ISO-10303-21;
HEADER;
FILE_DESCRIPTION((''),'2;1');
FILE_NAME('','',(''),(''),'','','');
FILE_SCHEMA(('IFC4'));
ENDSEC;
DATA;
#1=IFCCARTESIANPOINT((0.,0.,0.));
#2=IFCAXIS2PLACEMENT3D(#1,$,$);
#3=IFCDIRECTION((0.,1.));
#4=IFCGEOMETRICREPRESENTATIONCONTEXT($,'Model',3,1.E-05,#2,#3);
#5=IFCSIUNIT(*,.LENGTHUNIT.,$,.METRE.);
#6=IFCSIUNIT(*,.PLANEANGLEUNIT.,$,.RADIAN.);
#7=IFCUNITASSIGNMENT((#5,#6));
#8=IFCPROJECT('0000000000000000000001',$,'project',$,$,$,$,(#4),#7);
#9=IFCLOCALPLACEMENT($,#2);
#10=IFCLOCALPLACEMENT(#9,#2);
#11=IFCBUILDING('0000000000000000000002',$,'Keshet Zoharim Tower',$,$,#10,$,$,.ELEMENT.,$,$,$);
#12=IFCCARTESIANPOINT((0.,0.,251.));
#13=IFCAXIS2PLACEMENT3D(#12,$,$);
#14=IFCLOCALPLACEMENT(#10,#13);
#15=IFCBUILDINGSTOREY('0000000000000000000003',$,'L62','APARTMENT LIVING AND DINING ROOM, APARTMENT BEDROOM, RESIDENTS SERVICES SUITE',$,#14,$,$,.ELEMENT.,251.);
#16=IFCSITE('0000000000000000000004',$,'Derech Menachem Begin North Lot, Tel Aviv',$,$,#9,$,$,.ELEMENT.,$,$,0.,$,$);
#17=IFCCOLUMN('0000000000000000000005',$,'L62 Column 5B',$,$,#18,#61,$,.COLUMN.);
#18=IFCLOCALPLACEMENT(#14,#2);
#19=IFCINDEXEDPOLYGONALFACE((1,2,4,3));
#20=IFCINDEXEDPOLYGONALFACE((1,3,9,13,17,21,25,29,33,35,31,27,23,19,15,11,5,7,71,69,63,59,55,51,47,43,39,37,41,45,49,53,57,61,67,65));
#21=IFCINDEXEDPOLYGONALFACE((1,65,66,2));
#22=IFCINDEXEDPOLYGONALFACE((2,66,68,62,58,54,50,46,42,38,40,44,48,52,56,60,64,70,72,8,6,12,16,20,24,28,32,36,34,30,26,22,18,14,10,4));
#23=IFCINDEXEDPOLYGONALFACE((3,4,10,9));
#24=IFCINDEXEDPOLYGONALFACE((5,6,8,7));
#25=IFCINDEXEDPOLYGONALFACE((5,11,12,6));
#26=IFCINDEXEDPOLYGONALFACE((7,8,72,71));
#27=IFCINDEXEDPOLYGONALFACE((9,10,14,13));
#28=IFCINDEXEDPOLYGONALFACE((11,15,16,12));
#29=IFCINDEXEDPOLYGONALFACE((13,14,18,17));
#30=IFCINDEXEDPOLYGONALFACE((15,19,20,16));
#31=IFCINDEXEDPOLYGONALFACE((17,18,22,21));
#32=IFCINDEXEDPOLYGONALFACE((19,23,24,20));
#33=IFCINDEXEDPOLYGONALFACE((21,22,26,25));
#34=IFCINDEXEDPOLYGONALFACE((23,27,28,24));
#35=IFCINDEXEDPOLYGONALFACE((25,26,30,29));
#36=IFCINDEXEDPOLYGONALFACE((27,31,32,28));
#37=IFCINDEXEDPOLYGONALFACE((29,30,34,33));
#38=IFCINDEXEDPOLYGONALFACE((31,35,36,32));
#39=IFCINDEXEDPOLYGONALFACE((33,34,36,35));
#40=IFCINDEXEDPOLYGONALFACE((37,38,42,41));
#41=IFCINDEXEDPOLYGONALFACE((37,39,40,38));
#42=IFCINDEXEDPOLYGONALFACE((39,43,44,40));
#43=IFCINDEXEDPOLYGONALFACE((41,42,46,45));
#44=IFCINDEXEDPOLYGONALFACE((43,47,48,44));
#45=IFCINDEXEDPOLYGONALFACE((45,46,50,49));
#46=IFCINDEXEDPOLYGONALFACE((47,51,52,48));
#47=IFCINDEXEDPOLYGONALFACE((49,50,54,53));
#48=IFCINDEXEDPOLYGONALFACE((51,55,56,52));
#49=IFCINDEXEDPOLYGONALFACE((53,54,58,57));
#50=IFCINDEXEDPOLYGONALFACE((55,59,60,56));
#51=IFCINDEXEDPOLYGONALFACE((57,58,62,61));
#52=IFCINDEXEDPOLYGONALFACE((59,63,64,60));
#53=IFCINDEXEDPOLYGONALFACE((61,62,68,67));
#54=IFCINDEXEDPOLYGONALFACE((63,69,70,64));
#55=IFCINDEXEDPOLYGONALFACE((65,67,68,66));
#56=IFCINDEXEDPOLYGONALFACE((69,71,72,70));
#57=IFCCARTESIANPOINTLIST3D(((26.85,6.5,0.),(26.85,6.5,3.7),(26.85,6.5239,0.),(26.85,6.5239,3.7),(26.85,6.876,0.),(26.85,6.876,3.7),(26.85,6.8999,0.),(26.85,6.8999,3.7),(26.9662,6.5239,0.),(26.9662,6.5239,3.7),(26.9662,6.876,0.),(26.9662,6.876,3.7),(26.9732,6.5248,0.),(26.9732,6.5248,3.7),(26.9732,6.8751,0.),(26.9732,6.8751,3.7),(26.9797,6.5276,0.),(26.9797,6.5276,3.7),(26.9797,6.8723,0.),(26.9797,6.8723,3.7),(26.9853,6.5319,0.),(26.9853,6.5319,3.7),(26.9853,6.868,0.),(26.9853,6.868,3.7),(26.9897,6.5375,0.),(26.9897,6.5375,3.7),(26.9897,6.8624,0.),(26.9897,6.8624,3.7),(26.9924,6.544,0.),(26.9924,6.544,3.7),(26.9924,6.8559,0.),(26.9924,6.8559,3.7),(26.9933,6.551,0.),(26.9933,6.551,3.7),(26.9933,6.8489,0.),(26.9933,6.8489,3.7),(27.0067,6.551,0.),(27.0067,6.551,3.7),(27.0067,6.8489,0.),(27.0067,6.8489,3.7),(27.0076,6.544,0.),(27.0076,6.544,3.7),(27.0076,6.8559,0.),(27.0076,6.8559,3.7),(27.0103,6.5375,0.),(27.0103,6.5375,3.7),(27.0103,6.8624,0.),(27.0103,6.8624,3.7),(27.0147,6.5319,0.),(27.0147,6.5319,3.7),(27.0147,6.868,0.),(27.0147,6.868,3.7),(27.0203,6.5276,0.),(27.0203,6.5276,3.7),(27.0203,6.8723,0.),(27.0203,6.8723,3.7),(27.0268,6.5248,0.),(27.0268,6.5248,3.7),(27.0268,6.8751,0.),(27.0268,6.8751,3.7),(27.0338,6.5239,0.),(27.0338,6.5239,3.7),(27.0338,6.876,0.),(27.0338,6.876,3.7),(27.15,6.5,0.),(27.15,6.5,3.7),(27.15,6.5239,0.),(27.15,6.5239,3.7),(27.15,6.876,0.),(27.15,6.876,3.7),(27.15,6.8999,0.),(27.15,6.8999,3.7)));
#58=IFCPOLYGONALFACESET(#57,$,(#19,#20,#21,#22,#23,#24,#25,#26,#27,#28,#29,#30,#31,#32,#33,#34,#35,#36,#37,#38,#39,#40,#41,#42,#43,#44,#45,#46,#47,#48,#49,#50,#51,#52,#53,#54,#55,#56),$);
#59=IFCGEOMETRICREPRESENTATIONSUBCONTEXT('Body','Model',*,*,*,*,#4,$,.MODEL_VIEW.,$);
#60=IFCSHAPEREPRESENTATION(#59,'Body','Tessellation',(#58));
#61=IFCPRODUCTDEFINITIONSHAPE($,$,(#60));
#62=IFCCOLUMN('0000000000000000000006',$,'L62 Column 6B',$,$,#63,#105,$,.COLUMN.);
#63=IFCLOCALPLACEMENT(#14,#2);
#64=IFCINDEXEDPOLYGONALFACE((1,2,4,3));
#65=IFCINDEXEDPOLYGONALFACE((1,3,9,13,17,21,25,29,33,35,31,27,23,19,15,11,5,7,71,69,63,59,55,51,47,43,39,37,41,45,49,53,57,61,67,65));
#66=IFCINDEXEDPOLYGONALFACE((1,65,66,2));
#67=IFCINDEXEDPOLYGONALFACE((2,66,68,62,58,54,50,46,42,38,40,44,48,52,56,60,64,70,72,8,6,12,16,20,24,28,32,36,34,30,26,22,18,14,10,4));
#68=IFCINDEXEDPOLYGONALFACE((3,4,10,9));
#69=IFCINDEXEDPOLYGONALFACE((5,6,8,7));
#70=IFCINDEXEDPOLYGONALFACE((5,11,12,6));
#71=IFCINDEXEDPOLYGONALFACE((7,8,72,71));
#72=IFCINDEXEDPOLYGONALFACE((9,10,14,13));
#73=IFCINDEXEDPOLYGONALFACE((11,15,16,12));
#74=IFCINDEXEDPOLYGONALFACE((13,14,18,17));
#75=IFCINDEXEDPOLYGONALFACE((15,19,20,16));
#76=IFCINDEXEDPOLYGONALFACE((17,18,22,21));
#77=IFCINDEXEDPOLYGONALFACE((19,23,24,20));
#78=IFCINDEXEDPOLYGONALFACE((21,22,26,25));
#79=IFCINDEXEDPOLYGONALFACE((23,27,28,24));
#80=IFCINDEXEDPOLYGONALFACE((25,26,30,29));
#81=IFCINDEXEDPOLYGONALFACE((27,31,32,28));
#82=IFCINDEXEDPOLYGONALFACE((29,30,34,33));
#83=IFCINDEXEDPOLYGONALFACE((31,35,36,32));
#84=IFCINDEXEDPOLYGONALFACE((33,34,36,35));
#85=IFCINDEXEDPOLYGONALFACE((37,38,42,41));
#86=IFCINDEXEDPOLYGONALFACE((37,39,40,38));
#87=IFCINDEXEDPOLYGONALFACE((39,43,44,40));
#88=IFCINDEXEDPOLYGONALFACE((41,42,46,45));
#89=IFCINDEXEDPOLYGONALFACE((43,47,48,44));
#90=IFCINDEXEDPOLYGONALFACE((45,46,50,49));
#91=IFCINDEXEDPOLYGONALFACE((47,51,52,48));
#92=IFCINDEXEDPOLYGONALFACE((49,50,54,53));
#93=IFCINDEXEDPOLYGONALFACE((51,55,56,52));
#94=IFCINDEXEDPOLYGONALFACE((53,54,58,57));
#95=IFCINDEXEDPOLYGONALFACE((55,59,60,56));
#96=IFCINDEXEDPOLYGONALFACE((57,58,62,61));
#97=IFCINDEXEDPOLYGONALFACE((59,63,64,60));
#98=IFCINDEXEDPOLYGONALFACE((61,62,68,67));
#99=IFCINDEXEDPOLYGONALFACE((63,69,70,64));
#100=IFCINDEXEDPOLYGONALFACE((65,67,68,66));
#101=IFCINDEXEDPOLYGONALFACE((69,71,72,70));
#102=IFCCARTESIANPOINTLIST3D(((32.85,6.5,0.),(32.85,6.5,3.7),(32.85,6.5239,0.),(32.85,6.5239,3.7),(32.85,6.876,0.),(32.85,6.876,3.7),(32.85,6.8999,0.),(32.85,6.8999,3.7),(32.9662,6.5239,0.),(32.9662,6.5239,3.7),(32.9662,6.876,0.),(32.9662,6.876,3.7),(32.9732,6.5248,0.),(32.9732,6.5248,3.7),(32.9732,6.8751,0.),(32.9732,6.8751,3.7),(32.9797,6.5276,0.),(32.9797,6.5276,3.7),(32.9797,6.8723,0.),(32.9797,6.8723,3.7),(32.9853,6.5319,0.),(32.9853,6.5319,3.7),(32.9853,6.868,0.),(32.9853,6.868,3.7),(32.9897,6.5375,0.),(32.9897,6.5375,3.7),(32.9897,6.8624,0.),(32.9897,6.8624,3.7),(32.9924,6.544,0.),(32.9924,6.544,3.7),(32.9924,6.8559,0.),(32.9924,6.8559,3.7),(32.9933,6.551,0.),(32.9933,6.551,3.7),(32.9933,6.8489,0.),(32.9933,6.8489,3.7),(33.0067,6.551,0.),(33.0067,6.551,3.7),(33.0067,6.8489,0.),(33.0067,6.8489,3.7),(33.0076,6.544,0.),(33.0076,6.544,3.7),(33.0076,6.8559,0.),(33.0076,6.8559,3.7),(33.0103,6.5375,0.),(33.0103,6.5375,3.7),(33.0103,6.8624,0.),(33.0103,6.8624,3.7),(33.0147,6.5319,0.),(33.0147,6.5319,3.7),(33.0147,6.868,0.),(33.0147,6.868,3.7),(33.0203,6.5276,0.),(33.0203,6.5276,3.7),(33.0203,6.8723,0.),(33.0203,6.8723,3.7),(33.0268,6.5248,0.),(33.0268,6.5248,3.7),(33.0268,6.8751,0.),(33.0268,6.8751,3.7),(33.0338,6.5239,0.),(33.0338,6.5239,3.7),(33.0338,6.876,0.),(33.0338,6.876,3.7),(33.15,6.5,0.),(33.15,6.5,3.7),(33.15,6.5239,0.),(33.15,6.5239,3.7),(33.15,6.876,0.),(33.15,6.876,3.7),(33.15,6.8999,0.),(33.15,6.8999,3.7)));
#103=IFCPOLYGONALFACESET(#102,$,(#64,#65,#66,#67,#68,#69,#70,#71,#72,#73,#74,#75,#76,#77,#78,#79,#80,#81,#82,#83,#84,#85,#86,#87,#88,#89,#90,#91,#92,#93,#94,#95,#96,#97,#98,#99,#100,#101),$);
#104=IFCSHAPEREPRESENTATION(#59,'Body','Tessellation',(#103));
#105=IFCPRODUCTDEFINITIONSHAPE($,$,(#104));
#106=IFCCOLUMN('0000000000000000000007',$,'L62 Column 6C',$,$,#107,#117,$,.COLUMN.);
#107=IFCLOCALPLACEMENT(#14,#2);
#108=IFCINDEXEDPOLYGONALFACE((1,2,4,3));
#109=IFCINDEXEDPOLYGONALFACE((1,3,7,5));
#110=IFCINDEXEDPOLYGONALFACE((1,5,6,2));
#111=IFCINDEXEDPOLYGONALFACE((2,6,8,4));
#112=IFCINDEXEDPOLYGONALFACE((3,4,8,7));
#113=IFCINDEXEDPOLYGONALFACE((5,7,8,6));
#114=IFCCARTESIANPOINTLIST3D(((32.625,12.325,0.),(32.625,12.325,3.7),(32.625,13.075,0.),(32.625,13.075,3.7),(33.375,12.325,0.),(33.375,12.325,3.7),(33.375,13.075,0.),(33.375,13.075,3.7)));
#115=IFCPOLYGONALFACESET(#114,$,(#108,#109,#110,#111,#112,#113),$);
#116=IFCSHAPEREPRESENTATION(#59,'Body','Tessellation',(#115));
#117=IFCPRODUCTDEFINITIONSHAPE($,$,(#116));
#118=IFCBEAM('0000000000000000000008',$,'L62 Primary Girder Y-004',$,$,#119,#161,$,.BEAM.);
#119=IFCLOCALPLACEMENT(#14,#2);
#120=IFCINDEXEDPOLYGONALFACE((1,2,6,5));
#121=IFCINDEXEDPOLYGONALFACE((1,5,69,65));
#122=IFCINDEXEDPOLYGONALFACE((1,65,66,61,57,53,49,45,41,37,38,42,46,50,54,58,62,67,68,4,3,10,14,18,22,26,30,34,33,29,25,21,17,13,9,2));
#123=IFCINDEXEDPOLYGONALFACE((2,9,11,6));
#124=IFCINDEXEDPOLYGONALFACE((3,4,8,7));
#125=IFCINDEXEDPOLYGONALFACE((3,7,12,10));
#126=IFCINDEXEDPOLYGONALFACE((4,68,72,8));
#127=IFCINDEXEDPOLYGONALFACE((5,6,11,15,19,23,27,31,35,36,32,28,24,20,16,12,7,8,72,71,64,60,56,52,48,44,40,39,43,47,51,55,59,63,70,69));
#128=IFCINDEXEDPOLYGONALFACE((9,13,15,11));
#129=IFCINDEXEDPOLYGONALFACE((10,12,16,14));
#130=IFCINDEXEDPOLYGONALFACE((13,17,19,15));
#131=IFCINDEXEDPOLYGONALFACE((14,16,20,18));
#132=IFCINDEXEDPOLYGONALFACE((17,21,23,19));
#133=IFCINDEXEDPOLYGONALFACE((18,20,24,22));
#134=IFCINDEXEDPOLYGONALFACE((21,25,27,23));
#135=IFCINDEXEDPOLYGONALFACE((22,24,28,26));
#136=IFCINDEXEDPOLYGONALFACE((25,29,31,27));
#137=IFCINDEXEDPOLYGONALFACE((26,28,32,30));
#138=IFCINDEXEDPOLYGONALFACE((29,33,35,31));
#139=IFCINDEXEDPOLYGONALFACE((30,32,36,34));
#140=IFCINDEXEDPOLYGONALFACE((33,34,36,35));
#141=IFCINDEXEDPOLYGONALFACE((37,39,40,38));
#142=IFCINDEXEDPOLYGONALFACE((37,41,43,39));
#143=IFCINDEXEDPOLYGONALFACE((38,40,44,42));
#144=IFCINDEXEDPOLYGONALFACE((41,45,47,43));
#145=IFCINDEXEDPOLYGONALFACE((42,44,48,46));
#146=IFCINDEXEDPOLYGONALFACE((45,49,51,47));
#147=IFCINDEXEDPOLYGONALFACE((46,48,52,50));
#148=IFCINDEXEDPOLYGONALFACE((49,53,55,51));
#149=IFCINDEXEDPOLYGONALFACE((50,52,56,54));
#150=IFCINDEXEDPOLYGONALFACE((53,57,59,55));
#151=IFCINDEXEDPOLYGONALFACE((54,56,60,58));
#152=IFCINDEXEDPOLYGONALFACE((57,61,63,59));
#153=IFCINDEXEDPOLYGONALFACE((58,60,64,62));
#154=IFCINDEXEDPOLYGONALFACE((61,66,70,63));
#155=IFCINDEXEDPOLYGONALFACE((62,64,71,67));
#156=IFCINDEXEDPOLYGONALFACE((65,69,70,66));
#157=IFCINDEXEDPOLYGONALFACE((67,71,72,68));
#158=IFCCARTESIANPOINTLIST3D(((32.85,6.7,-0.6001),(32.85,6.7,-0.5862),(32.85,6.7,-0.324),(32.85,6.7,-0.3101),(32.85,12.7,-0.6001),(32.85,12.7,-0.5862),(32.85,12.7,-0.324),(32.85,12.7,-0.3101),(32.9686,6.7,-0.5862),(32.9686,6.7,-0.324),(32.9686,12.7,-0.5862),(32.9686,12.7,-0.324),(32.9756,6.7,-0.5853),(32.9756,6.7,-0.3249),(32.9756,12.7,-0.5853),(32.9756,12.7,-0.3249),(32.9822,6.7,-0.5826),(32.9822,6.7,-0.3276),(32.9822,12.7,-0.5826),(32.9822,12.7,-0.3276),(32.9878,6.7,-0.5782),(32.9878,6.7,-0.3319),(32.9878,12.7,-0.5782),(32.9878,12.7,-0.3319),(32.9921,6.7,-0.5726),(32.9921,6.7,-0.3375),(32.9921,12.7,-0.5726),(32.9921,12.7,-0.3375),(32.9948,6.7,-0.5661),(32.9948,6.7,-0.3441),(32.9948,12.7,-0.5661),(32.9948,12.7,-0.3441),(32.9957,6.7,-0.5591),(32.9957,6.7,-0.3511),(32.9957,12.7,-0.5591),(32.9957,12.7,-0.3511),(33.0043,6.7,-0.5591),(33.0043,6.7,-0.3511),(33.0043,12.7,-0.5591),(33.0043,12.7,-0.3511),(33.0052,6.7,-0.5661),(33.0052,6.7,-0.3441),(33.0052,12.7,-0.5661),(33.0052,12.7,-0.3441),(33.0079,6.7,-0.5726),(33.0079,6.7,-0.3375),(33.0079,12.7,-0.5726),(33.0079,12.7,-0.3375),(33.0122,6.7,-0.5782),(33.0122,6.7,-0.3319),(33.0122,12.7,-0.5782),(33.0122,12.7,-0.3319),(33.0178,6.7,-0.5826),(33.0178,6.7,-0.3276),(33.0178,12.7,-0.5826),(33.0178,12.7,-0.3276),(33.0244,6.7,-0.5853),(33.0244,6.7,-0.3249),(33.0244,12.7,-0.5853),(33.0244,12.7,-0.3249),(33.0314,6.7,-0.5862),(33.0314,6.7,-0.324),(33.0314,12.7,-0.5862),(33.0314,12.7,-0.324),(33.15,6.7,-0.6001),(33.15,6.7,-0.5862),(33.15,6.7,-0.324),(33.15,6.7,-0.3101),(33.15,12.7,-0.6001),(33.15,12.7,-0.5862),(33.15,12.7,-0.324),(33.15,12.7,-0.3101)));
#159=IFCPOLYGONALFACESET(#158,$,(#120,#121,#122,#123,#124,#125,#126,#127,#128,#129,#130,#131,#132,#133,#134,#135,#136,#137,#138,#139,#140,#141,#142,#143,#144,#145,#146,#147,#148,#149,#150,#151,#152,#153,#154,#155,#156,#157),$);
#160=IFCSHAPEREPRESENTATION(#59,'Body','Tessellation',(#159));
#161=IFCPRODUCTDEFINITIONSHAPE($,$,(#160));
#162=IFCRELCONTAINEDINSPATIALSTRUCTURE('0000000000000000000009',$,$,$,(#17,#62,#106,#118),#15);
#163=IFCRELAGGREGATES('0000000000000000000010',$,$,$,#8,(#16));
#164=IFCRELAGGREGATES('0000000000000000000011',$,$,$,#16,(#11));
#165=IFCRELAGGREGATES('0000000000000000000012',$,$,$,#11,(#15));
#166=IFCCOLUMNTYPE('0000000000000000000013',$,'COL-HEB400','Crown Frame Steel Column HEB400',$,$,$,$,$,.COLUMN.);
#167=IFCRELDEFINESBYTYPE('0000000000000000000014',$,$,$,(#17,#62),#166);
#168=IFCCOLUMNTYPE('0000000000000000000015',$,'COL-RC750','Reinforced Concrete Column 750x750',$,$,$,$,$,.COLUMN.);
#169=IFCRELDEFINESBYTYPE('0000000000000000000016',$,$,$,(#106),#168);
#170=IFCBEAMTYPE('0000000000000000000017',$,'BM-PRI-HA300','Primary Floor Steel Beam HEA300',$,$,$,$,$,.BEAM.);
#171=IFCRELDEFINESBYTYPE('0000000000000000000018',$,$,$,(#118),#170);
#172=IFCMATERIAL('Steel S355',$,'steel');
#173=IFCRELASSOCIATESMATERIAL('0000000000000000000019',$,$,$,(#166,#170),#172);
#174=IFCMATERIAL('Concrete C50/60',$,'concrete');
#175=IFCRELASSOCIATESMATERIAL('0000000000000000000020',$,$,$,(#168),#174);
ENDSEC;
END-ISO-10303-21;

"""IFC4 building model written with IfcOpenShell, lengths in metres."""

from ifc_helpers import new_model, si_unit, direction, frame, origin, origin_2d, place, context, subcontext, project, spatial, rectangle, i_section, extrude, material, material_profile, profile_set, type_object, element, save


model = new_model("IFC4")

# Units and contexts
model_context = context("Model", 3, precision=1e-05, world=origin(), true_north=direction((0.0, 1.0)))
body_context = subcontext(model_context, "Body", "Model", "MODEL_VIEW")
ifc_project = project(units=[si_unit("LENGTHUNIT", "METRE"), si_unit("PLANEANGLEUNIT", "RADIAN")], contexts=[model_context])

# Site, building, storey
site_placement = place(None, origin())
site = spatial("IfcSite", under=ifc_project, at=site_placement, Name="Derech Menachem Begin North Lot, Tel Aviv", CompositionType="ELEMENT", RefElevation=0.0)
building_placement = place(site_placement, origin())
building = spatial("IfcBuilding", under=site, at=building_placement, Name="Keshet Zoharim Tower", CompositionType="ELEMENT")
storey_placement = place(building_placement, frame((0.0, 0.0, 251.0)))
storey = spatial("IfcBuildingStorey", under=building, at=storey_placement, Name="L62", Description="APARTMENT LIVING AND DINING ROOM, APARTMENT BEDROOM, RESIDENTS SERVICES SUITE", CompositionType="ELEMENT", Elevation=251.0)

# Columns
ifc_material_1 = material(Name="Steel S355", Category="steel")
ifc_material_profile_1 = material_profile(ifc_material_1, i_section(OverallWidth=0.3, OverallDepth=0.3999, WebThickness=0.0134, FlangeThickness=0.0239, FilletRadius=0.0271, at=origin_2d()), Name="HEB400")
ifc_profile_set_1 = profile_set([ifc_material_profile_1], Name="Steel S355")
column_type_1 = type_object("IfcColumnType", Name="COL-HEB400", Description="Crown Frame Steel Column HEB400", PredefinedType="COLUMN", material=ifc_profile_set_1)
for number, where, z_axis, x_axis, name in (
    (1, (27.0, 6.7, 0.0), (0.0, 0.0, 1.0), (1.0, 0.0, 0.0), "L62 Column 5B"),
    (2, (33.0, 6.7, 0.0), (0.0, 0.0, 1.0), (1.0, 0.0, 0.0), "L62 Column 6B"),
):
    element("IfcColumn", number, at=place(storey_placement, frame(where, z_axis=z_axis, x_axis=x_axis)), inside=storey, type_object=column_type_1, Name=name, PredefinedType="COLUMN", context=body_context, shape_type="SweptSolid", body=[
        extrude(i_section(OverallWidth=0.3, OverallDepth=0.3999, WebThickness=0.0134, FlangeThickness=0.0239, FilletRadius=0.0271, at=origin_2d()), origin(), (0.0, 0.0, 1.0), 3.7),
    ])
ifc_material_2 = material(Name="Concrete C50/60", Category="concrete")
ifc_material_profile_2 = material_profile(ifc_material_2, rectangle(XDim=0.75, YDim=0.75, at=origin_2d()), Name="RC750x750")
ifc_profile_set_2 = profile_set([ifc_material_profile_2], Name="Concrete C50/60")
column_type_2 = type_object("IfcColumnType", Name="COL-RC750", Description="Reinforced Concrete Column 750x750", PredefinedType="COLUMN", material=ifc_profile_set_2)
column_placement = place(storey_placement, frame((33.0, 12.7, 0.0), z_axis=(0.0, 0.0, 1.0), x_axis=(1.0, 0.0, 0.0)))
element("IfcColumn", 3, at=column_placement, inside=storey, type_object=column_type_2, Name="L62 Column 6C", PredefinedType="COLUMN", context=body_context, shape_type="SweptSolid", body=[
    extrude(rectangle(XDim=0.75, YDim=0.75, at=origin_2d()), origin(), (0.0, 0.0, 1.0), 3.7),
])

# Beam
ifc_material_profile_3 = material_profile(ifc_material_1, i_section(OverallWidth=0.3, OverallDepth=0.29, WebThickness=0.0085, FlangeThickness=0.0139, FilletRadius=0.0271, at=origin_2d()), Name="HEA300")
ifc_profile_set_3 = profile_set([ifc_material_profile_3], Name="Steel S355")
beam_type_1 = type_object("IfcBeamType", Name="BM-PRI-HA300", Description="Primary Floor Steel Beam HEA300", PredefinedType="BEAM", material=ifc_profile_set_3)
beam_1_placement = place(storey_placement, frame((33.0, 6.7, -0.4551), z_axis=(0.0, 1.0, 0.0), x_axis=(-1.0, 0.0, 0.0)))
element("IfcBeam", 4, at=beam_1_placement, inside=storey, type_object=beam_type_1, Name="L62 Primary Girder Y-004", PredefinedType="BEAM", context=body_context, shape_type="SweptSolid", body=[
    extrude(i_section(OverallWidth=0.3, OverallDepth=0.29, WebThickness=0.0085, FlangeThickness=0.0139, FilletRadius=0.0271, at=origin_2d()), origin(), (0.0, 0.0, 1.0), 6.0),
])

save(model, "model.ifc")
